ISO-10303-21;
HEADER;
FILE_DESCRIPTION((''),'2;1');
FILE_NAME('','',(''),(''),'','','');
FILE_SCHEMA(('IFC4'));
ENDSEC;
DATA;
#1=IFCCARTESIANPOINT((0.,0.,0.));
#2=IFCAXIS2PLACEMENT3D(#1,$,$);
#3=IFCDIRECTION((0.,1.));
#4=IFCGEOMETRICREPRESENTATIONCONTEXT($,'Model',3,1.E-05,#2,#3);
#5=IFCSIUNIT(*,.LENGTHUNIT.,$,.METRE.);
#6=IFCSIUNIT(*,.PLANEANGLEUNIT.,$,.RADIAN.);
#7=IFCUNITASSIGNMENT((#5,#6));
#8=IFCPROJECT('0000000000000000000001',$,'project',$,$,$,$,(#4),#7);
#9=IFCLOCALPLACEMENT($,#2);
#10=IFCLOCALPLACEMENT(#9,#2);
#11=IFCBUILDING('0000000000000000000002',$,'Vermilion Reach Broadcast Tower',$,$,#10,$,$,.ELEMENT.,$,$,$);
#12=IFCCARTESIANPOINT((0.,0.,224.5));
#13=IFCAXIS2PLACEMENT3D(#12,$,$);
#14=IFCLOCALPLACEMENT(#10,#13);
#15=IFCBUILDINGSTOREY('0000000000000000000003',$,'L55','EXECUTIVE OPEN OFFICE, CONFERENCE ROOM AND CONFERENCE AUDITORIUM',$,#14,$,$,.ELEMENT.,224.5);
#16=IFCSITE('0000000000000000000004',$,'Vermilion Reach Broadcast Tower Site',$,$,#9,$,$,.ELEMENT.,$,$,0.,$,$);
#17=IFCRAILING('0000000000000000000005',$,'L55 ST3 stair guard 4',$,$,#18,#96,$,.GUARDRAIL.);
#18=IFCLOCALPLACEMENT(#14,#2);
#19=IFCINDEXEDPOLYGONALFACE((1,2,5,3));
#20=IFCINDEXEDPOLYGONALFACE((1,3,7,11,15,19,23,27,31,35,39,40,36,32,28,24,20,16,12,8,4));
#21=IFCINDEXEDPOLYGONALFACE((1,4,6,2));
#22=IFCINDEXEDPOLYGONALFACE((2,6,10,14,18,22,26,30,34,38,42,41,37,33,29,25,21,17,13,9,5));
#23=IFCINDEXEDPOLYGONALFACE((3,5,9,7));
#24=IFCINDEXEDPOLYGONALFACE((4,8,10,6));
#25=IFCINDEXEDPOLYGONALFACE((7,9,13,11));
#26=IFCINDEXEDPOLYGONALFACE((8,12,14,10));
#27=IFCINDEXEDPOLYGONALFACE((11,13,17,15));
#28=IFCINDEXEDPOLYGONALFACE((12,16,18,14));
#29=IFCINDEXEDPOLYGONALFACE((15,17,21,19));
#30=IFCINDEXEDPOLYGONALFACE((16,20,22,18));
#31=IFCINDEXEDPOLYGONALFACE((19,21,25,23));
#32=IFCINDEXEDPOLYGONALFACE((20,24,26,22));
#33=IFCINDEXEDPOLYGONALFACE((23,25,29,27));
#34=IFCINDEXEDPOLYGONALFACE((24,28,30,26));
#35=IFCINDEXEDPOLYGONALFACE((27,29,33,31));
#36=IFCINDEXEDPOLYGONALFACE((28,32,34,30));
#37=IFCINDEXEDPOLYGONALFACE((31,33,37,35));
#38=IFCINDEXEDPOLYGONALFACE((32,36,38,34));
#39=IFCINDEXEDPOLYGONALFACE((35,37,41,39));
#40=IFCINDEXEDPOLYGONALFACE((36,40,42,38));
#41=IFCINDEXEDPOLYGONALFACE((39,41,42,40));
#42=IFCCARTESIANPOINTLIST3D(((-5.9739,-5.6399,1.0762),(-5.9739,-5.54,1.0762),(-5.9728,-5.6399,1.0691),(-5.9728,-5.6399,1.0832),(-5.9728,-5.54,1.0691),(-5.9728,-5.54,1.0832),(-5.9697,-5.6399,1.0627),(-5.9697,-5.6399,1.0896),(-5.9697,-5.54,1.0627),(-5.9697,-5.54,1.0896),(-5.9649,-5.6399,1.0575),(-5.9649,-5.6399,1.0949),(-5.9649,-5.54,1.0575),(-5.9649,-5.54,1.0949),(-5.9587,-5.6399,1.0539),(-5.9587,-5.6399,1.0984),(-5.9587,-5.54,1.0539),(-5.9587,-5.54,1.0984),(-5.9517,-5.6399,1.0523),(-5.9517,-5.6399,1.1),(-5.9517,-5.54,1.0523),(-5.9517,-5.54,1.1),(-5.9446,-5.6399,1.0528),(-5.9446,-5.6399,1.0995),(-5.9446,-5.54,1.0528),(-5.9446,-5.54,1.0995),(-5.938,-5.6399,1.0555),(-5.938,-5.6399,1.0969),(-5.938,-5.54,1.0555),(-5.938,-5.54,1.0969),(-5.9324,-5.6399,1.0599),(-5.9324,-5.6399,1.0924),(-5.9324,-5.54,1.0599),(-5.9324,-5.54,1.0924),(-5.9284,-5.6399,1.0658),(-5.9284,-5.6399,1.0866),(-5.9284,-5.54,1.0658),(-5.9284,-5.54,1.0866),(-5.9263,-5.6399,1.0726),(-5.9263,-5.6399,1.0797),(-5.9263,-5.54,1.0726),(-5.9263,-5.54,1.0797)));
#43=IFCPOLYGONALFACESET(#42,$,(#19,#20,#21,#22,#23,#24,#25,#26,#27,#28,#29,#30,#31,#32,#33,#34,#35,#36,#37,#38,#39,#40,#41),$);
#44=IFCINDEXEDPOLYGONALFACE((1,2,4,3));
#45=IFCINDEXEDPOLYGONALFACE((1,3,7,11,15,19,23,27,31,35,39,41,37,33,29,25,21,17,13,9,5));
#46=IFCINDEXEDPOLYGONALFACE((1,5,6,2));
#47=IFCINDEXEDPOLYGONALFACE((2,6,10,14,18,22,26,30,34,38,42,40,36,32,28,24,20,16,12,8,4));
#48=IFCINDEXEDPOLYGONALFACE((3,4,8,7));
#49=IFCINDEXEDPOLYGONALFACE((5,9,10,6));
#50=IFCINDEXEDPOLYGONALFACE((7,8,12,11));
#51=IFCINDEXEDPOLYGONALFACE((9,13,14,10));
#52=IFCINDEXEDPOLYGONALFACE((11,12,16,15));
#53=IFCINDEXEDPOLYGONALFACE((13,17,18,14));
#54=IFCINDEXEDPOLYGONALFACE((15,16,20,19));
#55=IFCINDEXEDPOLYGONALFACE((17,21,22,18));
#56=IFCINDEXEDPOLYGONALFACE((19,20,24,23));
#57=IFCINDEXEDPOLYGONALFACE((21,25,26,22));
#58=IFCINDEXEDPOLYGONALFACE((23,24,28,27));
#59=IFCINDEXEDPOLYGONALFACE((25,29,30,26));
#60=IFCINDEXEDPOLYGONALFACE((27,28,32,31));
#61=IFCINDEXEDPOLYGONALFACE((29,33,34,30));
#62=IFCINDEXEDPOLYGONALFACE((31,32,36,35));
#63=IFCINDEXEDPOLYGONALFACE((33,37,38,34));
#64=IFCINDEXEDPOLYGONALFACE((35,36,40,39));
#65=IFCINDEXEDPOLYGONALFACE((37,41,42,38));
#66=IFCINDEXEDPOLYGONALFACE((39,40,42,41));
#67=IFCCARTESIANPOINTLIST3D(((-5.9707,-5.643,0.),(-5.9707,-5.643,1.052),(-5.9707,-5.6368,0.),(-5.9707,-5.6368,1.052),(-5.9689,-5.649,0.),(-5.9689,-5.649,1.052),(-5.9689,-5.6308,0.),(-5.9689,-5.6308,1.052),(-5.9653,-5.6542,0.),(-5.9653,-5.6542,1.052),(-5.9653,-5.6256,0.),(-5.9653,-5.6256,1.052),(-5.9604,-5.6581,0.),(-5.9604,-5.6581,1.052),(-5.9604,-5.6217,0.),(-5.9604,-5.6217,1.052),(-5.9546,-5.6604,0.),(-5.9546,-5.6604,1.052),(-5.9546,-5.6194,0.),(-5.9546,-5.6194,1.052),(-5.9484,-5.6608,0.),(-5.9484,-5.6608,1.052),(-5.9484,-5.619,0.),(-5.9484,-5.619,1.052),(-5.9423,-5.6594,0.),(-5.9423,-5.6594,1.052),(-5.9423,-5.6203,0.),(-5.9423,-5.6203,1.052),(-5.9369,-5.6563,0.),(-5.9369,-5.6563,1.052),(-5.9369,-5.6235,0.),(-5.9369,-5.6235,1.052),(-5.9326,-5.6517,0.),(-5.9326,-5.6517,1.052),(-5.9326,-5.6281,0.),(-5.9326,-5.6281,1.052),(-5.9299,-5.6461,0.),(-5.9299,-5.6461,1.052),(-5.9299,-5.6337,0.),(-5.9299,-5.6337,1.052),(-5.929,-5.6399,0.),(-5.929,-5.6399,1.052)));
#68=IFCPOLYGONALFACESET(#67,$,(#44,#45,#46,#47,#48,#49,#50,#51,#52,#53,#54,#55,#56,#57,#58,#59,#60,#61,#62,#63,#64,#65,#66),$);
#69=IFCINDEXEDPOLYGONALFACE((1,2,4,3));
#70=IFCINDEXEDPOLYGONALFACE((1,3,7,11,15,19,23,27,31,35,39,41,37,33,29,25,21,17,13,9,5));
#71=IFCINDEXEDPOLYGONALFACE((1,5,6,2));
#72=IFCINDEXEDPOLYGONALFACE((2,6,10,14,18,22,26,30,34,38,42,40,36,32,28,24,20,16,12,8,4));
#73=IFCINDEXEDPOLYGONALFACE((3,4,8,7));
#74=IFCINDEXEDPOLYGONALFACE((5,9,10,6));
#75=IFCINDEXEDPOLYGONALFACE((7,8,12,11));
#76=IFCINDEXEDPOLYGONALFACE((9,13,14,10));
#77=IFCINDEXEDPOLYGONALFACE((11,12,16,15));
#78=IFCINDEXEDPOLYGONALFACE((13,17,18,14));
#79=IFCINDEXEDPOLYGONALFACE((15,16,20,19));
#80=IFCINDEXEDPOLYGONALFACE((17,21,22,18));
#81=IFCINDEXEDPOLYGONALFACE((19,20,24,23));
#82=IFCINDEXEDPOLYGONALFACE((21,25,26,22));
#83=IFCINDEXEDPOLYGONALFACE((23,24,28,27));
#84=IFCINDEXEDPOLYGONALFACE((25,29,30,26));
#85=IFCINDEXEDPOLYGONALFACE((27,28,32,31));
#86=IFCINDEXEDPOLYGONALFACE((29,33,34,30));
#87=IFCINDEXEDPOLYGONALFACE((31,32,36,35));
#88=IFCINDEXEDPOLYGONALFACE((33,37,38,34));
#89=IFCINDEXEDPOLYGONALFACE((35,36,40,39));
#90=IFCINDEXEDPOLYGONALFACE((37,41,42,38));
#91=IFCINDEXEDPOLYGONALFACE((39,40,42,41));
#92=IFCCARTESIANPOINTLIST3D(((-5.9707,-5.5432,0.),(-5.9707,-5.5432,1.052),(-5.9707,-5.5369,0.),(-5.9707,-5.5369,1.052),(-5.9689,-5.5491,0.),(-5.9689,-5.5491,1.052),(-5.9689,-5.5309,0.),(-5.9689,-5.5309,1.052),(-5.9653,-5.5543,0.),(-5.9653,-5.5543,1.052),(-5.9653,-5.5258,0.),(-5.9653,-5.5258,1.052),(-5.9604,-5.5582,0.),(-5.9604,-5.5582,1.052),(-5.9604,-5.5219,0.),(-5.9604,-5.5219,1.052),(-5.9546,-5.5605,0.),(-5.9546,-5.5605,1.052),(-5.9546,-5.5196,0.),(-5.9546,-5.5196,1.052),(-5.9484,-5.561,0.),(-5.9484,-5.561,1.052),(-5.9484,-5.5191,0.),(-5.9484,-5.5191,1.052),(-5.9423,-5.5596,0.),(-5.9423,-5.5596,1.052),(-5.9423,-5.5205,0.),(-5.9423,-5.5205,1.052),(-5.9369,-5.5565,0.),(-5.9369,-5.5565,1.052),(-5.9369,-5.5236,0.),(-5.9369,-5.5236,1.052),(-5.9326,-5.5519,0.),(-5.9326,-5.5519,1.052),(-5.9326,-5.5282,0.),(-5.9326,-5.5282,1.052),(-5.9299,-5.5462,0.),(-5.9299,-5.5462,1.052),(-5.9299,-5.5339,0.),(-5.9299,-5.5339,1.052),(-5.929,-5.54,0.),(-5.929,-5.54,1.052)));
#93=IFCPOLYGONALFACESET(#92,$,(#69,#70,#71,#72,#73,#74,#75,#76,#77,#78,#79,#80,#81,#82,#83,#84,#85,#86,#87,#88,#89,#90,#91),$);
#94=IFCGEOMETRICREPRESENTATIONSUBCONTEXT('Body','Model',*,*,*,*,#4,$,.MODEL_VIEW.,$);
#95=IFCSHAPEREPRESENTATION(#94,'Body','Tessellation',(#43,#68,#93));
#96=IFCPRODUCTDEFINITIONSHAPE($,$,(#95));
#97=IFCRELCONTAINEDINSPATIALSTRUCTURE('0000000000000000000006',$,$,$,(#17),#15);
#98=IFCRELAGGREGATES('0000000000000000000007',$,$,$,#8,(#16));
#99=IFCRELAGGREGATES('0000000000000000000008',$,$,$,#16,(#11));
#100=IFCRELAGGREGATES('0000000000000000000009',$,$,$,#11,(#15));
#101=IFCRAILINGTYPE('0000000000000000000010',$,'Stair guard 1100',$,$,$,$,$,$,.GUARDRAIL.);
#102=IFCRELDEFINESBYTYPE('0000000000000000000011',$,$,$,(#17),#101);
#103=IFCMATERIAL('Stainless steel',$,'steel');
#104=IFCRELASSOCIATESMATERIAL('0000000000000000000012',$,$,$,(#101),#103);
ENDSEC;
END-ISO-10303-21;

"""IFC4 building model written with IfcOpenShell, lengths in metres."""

from ifc_helpers import new_model, si_unit, direction, frame, origin, origin_2d, place, context, subcontext, project, spatial, circle, extrude, material, type_object, element, save


model = new_model("IFC4")

# Units and contexts
model_context = context("Model", 3, precision=1e-05, world=origin(), true_north=direction((0.0, 1.0)))
body_context = subcontext(model_context, "Body", "Model", "MODEL_VIEW")
ifc_project = project(units=[si_unit("LENGTHUNIT", "METRE"), si_unit("PLANEANGLEUNIT", "RADIAN")], contexts=[model_context])

# Site, building, storey
site_placement = place(None, origin())
site = spatial("IfcSite", under=ifc_project, at=site_placement, Name="Vermilion Reach Broadcast Tower Site", CompositionType="ELEMENT", RefElevation=0.0)
building_placement = place(site_placement, origin())
building = spatial("IfcBuilding", under=site, at=building_placement, Name="Vermilion Reach Broadcast Tower", CompositionType="ELEMENT")
storey_placement = place(building_placement, frame((0.0, 0.0, 224.5)))
storey = spatial("IfcBuildingStorey", under=building, at=storey_placement, Name="L55", Description="EXECUTIVE OPEN OFFICE, CONFERENCE ROOM AND CONFERENCE AUDITORIUM", CompositionType="ELEMENT", Elevation=224.5)

# Railing
ifc_material_1 = material(Name="Stainless steel", Category="steel")
railing_type_1 = type_object("IfcRailingType", Name="Stair guard 1100", PredefinedType="GUARDRAIL", material=ifc_material_1)
railing_1_placement = place(storey_placement, frame((-5.95, -5.6399, 0.0)))
element("IfcRailing", 1, at=railing_1_placement, inside=storey, type_object=railing_type_1, Name="L55 ST3 stair guard 4", PredefinedType="GUARDRAIL", context=body_context, shape_type="SweptSolid", body=[
    extrude(circle(Radius=0.0239, at=origin_2d()), frame((0.0, 0.0, 1.0762), z_axis=(0.0, 1.0, 0.0), x_axis=(-1.0, 0.0, 0.0)), (0.0, 0.0, 1.0), 0.0999),
    extrude(circle(Radius=0.021, at=origin_2d()), origin(), (0.0, 0.0, 1.0), 1.052),
    extrude(circle(Radius=0.021, at=origin_2d()), frame((0.0, 0.0999, 0.0)), (0.0, 0.0, 1.0), 1.052),
])

save(model, "model.ifc")
